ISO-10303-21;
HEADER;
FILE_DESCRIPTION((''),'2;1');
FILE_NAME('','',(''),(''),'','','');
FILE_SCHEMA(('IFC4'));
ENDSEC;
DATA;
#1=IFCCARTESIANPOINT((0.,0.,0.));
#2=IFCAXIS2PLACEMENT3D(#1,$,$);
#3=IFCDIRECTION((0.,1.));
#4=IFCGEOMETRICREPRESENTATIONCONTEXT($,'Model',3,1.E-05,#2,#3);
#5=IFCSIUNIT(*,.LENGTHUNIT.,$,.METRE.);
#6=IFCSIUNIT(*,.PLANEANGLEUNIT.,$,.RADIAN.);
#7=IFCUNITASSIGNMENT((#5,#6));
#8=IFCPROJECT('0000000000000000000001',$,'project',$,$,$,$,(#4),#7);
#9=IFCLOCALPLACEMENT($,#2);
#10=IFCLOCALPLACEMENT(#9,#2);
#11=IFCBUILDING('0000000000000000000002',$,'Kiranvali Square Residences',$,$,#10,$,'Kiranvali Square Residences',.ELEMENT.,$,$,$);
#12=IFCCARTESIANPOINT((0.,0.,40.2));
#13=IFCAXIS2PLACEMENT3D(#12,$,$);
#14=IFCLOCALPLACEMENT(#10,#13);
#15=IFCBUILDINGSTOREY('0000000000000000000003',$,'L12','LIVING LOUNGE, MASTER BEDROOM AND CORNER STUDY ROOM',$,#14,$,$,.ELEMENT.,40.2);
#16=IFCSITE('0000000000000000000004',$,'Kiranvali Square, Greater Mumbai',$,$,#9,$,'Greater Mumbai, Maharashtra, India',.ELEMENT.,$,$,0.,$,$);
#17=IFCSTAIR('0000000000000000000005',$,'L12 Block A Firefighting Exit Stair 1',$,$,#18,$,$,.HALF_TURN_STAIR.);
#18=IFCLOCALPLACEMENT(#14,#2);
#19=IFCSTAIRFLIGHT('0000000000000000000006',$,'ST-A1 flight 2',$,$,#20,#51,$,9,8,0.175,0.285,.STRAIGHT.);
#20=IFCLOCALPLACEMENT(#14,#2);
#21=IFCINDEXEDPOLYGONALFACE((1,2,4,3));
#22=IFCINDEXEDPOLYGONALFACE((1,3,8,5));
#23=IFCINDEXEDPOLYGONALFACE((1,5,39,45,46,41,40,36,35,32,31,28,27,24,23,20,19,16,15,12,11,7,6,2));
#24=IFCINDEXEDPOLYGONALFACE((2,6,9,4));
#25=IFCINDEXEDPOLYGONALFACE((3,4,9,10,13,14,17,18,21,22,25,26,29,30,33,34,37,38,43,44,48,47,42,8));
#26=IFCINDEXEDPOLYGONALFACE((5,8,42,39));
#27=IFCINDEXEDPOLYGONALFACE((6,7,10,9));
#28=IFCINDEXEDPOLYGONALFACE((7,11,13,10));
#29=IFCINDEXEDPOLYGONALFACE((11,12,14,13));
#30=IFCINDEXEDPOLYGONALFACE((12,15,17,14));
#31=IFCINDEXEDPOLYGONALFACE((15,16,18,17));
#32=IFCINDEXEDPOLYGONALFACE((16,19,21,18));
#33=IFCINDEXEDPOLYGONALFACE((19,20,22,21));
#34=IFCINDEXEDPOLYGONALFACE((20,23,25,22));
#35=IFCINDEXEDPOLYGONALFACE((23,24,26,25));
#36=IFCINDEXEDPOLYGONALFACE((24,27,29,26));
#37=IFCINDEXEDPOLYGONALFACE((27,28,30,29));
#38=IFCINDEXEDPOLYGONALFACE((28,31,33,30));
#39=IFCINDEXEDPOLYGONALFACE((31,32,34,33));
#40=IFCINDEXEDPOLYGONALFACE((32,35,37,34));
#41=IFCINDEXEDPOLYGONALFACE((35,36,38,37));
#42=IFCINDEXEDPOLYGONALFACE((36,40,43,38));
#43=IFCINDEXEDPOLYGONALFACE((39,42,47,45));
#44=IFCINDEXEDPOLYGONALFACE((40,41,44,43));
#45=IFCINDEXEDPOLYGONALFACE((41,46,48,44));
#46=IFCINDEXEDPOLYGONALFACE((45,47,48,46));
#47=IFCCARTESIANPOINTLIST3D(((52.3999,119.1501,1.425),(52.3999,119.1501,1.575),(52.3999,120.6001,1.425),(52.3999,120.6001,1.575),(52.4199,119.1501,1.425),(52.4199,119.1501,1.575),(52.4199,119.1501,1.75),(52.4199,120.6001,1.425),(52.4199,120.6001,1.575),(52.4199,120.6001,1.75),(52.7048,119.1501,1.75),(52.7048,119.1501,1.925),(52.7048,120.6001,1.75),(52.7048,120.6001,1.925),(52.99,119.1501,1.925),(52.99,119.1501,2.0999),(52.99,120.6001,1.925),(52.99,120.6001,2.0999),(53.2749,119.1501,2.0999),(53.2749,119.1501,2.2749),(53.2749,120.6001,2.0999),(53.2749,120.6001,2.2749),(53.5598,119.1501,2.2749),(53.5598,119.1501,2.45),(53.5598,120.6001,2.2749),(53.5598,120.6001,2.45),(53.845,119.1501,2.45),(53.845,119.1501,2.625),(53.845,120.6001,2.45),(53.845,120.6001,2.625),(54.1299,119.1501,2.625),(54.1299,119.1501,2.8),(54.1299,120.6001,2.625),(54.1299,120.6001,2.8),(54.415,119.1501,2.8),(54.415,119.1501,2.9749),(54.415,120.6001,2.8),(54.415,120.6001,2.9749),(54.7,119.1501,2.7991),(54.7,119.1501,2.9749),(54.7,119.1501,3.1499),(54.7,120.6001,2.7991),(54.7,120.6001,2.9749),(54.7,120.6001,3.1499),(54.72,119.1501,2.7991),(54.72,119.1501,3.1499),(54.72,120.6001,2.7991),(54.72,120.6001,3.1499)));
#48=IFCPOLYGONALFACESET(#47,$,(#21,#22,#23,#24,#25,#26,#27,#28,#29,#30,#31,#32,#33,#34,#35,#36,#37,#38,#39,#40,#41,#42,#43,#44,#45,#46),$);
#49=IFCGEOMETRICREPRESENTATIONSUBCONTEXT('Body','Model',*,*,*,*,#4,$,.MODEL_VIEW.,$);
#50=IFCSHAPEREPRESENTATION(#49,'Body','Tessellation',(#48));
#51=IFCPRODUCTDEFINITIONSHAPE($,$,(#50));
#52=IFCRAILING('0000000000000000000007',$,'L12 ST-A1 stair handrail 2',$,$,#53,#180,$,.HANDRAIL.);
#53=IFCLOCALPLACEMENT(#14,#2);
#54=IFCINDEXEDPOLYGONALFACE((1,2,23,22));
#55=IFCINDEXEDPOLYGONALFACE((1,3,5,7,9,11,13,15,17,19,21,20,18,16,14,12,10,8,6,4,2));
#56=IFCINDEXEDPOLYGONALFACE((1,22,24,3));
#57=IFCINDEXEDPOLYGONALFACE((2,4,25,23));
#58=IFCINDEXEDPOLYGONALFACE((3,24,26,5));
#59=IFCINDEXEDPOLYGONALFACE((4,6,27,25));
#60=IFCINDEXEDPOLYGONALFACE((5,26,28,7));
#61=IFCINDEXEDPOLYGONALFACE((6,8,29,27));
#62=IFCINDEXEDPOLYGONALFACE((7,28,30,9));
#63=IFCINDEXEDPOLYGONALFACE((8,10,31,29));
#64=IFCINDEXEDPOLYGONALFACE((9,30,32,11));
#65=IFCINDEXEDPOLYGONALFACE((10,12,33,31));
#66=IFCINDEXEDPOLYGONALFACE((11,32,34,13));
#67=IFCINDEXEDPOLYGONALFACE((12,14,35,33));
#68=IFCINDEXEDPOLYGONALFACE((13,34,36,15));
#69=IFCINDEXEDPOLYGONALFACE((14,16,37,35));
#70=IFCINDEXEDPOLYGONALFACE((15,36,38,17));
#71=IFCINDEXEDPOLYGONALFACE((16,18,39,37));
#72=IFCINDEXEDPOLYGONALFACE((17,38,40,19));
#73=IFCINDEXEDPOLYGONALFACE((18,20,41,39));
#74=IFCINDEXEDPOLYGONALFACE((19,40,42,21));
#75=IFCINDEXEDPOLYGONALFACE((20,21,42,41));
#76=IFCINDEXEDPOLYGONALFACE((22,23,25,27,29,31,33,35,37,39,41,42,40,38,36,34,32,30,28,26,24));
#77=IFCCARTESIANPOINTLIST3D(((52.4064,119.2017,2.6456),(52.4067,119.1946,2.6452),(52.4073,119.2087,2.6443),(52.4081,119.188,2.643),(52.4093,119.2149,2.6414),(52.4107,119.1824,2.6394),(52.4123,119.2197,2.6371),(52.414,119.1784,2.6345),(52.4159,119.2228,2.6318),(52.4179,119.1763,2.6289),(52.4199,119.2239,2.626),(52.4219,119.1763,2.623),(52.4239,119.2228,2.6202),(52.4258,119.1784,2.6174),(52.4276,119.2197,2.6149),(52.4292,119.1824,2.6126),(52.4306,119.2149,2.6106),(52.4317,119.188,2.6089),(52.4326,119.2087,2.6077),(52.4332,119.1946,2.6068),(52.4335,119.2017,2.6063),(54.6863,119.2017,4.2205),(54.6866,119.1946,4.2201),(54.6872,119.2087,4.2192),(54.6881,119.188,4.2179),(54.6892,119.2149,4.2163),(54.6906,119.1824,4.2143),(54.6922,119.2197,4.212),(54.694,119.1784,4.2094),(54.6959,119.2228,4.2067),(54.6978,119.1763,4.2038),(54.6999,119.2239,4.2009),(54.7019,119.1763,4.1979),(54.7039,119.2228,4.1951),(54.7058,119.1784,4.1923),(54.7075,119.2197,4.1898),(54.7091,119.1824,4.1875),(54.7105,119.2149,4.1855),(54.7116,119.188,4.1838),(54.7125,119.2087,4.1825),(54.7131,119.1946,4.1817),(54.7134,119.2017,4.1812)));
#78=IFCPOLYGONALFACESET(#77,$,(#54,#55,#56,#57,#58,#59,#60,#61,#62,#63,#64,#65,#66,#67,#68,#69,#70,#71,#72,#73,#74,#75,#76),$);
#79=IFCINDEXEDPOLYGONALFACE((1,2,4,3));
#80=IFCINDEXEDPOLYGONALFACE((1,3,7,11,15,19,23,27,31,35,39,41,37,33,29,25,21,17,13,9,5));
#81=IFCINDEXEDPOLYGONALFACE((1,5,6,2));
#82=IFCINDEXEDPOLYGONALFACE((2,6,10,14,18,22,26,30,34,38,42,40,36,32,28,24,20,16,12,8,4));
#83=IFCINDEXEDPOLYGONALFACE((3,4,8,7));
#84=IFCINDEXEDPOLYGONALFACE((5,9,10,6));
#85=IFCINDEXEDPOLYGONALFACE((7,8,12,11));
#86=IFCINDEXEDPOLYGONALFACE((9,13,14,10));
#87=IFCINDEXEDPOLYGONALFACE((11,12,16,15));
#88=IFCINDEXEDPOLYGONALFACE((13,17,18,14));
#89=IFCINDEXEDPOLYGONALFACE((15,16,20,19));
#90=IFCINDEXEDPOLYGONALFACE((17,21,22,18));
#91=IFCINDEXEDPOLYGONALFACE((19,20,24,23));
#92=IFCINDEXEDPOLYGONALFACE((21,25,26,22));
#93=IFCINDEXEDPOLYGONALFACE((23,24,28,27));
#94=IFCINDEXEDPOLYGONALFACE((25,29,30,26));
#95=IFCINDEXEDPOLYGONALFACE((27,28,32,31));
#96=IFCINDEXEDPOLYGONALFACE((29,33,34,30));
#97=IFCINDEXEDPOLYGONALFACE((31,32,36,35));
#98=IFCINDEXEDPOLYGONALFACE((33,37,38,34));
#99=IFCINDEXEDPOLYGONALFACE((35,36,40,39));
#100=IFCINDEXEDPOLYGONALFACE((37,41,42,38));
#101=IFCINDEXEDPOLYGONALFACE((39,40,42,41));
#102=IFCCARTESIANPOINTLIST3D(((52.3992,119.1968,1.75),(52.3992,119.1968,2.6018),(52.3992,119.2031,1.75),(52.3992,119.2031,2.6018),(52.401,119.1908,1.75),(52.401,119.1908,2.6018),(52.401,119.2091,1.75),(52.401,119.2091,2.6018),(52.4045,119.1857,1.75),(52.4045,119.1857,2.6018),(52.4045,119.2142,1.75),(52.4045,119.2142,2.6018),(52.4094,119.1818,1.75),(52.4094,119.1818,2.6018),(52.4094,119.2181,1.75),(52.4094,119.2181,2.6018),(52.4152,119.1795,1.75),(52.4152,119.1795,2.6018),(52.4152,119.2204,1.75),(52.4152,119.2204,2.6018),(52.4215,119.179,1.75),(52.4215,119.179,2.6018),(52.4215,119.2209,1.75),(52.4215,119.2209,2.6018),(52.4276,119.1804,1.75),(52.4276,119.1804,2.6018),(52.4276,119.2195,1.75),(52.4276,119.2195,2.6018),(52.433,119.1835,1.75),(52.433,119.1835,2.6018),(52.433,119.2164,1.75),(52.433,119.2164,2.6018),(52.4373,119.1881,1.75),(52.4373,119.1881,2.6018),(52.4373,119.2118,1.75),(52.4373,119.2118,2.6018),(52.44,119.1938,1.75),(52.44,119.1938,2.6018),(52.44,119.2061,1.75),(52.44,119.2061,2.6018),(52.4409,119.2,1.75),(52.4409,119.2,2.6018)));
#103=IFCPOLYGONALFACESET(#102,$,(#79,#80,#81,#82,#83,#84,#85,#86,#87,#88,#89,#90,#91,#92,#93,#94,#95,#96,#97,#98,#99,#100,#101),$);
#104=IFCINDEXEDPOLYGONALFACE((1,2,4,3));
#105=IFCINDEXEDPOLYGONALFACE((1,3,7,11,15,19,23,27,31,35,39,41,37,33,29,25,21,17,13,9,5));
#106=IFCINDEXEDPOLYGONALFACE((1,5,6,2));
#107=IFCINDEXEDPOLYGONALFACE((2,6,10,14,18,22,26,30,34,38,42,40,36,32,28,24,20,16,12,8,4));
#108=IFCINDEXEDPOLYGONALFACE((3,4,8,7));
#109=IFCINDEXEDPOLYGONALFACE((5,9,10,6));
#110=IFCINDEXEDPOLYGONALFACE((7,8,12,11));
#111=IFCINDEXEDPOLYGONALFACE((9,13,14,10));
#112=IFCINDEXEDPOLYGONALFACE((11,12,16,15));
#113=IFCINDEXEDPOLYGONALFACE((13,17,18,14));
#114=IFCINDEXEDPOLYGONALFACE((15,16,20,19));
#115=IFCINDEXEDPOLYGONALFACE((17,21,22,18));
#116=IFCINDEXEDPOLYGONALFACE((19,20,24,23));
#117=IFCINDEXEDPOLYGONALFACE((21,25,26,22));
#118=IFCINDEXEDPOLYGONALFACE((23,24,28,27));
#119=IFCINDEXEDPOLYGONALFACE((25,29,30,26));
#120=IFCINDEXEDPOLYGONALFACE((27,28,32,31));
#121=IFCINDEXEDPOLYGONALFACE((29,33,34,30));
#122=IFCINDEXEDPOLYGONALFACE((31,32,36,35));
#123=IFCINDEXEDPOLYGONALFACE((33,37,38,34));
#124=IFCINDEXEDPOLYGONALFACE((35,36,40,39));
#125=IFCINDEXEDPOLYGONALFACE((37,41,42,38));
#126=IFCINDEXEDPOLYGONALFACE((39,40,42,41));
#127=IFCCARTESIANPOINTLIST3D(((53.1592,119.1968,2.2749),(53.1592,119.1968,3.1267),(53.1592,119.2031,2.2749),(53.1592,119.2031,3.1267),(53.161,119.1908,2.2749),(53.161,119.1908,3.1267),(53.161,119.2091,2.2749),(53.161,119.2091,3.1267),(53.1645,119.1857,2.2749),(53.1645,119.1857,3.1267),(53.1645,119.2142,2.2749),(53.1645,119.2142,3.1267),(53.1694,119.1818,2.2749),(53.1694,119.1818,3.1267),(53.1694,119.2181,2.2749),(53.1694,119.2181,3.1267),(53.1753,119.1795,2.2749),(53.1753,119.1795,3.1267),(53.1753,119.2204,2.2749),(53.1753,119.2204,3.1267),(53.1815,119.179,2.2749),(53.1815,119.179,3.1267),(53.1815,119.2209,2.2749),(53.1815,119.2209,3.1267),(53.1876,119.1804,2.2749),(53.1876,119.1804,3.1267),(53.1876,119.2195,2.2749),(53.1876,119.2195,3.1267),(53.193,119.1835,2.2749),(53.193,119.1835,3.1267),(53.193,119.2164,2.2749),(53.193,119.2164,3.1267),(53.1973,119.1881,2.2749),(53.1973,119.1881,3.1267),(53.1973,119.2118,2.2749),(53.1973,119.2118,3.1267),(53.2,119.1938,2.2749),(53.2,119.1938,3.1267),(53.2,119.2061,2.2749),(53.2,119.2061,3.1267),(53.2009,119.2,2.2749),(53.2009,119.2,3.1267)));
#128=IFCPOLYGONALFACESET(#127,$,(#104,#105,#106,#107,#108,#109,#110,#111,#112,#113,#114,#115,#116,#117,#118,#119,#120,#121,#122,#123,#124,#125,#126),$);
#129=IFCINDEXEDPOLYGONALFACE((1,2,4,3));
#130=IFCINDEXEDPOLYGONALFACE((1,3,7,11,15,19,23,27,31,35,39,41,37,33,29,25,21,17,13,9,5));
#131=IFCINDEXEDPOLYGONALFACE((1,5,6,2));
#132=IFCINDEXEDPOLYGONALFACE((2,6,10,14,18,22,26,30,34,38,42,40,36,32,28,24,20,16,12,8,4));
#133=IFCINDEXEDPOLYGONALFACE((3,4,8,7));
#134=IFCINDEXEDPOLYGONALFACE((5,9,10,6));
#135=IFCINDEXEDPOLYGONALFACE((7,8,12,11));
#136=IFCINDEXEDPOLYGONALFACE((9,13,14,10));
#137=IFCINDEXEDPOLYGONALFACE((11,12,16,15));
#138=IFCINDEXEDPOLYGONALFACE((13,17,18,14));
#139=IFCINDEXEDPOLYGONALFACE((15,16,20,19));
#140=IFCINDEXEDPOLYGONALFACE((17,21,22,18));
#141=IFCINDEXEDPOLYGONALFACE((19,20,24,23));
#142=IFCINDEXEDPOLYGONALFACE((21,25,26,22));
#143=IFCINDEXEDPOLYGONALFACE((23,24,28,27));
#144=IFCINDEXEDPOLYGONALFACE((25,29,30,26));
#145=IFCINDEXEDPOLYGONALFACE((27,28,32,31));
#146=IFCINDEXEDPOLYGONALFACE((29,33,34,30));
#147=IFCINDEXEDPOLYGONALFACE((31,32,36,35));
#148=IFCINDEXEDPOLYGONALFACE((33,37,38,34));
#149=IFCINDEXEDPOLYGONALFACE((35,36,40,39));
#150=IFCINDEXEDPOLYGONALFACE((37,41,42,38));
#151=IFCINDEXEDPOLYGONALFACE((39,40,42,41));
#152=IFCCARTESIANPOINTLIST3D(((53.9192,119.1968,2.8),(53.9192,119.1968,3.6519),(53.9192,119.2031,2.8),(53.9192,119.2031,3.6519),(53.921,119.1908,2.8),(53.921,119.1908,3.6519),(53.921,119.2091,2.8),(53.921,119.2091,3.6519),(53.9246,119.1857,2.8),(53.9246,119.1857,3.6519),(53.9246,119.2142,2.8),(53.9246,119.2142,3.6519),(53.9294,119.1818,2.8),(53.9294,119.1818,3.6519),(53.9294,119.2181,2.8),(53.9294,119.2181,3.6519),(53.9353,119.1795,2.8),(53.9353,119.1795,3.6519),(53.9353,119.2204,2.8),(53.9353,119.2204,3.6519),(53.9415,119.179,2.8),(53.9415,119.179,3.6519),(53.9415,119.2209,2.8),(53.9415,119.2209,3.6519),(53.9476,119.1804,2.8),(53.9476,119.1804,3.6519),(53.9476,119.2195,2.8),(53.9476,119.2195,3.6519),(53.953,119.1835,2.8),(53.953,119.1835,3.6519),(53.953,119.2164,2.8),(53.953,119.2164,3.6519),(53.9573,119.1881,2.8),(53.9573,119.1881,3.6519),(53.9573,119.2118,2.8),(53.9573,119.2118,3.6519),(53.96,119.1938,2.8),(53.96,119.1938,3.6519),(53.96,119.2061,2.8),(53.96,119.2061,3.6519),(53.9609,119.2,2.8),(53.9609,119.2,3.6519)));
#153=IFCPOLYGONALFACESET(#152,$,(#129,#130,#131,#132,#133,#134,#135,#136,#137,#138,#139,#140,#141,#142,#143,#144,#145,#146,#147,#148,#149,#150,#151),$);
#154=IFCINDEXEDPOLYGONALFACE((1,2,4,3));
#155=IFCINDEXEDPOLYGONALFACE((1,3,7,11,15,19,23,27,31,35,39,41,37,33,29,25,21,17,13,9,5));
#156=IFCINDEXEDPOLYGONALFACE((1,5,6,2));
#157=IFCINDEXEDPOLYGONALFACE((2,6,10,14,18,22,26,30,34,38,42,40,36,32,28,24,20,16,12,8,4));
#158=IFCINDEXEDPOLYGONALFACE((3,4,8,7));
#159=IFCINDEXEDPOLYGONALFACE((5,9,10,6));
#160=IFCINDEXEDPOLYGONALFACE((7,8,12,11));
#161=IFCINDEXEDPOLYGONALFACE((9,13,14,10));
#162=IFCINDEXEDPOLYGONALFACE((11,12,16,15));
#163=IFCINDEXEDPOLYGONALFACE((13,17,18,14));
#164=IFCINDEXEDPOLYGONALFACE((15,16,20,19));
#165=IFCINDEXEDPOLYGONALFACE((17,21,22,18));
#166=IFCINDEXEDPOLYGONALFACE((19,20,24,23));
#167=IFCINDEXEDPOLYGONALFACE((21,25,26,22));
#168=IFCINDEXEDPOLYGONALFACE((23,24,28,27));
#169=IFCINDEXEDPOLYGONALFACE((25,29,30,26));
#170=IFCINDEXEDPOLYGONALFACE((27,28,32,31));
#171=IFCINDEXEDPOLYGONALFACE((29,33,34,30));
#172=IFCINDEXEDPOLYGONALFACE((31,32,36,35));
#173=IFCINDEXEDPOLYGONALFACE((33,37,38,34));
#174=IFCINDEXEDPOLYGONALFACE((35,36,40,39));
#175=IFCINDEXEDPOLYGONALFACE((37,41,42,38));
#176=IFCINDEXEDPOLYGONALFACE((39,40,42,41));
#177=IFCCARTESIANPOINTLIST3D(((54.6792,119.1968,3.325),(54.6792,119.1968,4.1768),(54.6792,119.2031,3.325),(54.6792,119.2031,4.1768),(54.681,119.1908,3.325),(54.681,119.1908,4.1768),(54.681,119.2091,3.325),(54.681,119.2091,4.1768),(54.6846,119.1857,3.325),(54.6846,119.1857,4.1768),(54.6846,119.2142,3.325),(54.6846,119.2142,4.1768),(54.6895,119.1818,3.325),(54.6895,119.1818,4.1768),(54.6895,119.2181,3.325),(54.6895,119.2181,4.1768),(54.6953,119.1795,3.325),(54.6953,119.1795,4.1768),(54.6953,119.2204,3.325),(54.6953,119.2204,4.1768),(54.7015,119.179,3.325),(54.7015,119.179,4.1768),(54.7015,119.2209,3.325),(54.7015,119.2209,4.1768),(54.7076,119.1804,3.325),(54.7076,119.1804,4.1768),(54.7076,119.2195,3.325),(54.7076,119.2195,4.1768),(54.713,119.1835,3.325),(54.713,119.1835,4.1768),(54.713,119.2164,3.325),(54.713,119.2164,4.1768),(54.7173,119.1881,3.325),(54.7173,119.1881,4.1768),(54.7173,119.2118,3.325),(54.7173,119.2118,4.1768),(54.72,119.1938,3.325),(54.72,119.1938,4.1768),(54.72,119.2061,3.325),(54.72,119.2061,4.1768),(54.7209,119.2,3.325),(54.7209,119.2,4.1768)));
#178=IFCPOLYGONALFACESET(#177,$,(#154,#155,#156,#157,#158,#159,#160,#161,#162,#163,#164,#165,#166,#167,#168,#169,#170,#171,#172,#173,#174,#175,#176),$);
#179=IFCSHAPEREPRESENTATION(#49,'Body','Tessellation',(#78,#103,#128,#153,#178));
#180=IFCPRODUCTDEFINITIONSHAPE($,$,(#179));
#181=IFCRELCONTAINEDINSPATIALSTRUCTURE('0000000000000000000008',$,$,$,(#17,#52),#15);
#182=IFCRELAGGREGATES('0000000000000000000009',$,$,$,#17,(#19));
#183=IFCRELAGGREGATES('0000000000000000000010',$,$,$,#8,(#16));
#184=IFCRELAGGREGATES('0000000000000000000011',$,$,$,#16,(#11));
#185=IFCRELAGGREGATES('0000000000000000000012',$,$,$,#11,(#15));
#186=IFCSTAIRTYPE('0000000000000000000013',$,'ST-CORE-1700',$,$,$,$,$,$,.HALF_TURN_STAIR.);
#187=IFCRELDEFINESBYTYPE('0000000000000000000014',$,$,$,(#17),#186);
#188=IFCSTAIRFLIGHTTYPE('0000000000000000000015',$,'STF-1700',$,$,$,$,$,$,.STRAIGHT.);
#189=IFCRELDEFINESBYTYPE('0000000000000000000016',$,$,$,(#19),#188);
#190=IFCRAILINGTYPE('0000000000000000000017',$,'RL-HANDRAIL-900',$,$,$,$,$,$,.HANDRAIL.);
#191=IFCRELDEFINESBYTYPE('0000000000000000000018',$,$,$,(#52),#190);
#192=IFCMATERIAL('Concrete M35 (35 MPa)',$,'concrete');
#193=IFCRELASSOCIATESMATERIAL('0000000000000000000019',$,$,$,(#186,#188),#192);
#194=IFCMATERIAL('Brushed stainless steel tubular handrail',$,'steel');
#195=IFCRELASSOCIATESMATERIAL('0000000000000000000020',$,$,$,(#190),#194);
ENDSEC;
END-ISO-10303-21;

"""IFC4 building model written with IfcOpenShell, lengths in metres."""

from ifc_helpers import new_model, si_unit, direction, frame, origin, origin_2d, place, context, subcontext, project, spatial, polyline, circle, outline, extrude, material, type_object, element, aggregate, save


model = new_model("IFC4")

# Units and contexts
model_context = context("Model", 3, precision=1e-05, world=origin(), true_north=direction((0.0, 1.0)))
body_context = subcontext(model_context, "Body", "Model", "MODEL_VIEW")
ifc_project = project(units=[si_unit("LENGTHUNIT", "METRE"), si_unit("PLANEANGLEUNIT", "RADIAN")], contexts=[model_context])

# Site, building, storey
site_placement = place(None, origin())
site = spatial("IfcSite", under=ifc_project, at=site_placement, Name="Kiranvali Square, Greater Mumbai", LongName="Greater Mumbai, Maharashtra, India", CompositionType="ELEMENT", RefElevation=0.0)
building_placement = place(site_placement, origin())
building = spatial("IfcBuilding", under=site, at=building_placement, Name="Kiranvali Square Residences", LongName="Kiranvali Square Residences", CompositionType="ELEMENT")
storey_placement = place(building_placement, frame((0.0, 0.0, 40.2)))
storey = spatial("IfcBuildingStorey", under=building, at=storey_placement, Name="L12", Description="LIVING LOUNGE, MASTER BEDROOM AND CORNER STUDY ROOM", CompositionType="ELEMENT", Elevation=40.2)

# Stair, stair flight
ifc_material_1 = material(Name="Concrete M35 (35 MPa)", Category="concrete")
stair_type = type_object("IfcStairType", Name="ST-CORE-1700", PredefinedType="HALF_TURN_STAIR", material=ifc_material_1)
stair_placement = place(storey_placement, origin())
stair = element("IfcStair", 1, at=stair_placement, inside=storey, type_object=stair_type, Name="L12 Block A Firefighting Exit Stair 1", PredefinedType="HALF_TURN_STAIR")
stair_flight_type = type_object("IfcStairFlightType", Name="STF-1700", PredefinedType="STRAIGHT", material=ifc_material_1)
stair_flight_1_placement = place(storey_placement, frame((52.4199, 119.875, 1.575), z_axis=(0.0, 0.0, 1.0), x_axis=(1.0, 0.0, 0.0)))
stair_flight_1 = element("IfcStairFlight", 2, at=stair_flight_1_placement, type_object=stair_flight_type, Name="ST-A1 flight 2", NumberOfRisers=9, NumberOfTreads=8, PredefinedType="STRAIGHT", RiserHeight=0.175, TreadLength=0.285, context=body_context, shape_type="SweptSolid", body=[
    extrude(outline(polyline([(-0.02, -0.1499), (-0.02, 0.0), (0.0, 0.0), (0.0, 0.175), (0.2849, 0.175), (0.2849, 0.3501), (0.5701, 0.3501), (0.5701, 0.5249), (0.855, 0.5249), (0.855, 0.7), (1.1399, 0.7), (1.1399, 0.875), (1.425, 0.875), (1.425, 1.05), (1.71, 1.05), (1.71, 1.2251), (1.9951, 1.2251), (1.9951, 1.3999), (2.28, 1.3999), (2.28, 1.575), (2.3, 1.575), (2.3, 1.2241), (2.28, 1.2241), (0.0, -0.1499), (-0.02, -0.1499)])), frame((0.0, 0.7251, 0.0), z_axis=(0.0, -1.0, 0.0), x_axis=(1.0, 0.0, 0.0)), (0.0, 0.0, 1.0), 1.45),
])
aggregate(stair, [stair_flight_1])

# Railing
ifc_material_2 = material(Name="Brushed stainless steel tubular handrail", Category="steel")
railing_type_1 = type_object("IfcRailingType", Name="RL-HANDRAIL-900", PredefinedType="HANDRAIL", material=ifc_material_2)
railing_1_placement = place(storey_placement, frame((52.4199, 119.2, 1.75)))
element("IfcRailing", 3, at=railing_1_placement, inside=storey, type_object=railing_type_1, Name="L12 ST-A1 stair handrail 2", PredefinedType="HANDRAIL", context=body_context, shape_type="SweptSolid", body=[
    extrude(circle(Radius=0.0239, at=origin_2d()), frame((0.0, 0.0, 0.876), z_axis=(0.822788, 0.0, 0.568348), x_axis=(0.0, 1.0, 0.0)), (0.0, 0.0, 1.0), 2.771),
    extrude(circle(Radius=0.021, at=origin_2d()), origin(), (0.0, 0.0, 1.0), 0.8518),
    extrude(circle(Radius=0.021, at=origin_2d()), frame((0.76, 0.0, 0.5249)), (0.0, 0.0, 1.0), 0.8518),
    extrude(circle(Radius=0.021, at=origin_2d()), frame((1.52, 0.0, 1.05)), (0.0, 0.0, 1.0), 0.8518),
    extrude(circle(Radius=0.021, at=origin_2d()), frame((2.28, 0.0, 1.575)), (0.0, 0.0, 1.0), 0.8518),
])

save(model, "model.ifc")
